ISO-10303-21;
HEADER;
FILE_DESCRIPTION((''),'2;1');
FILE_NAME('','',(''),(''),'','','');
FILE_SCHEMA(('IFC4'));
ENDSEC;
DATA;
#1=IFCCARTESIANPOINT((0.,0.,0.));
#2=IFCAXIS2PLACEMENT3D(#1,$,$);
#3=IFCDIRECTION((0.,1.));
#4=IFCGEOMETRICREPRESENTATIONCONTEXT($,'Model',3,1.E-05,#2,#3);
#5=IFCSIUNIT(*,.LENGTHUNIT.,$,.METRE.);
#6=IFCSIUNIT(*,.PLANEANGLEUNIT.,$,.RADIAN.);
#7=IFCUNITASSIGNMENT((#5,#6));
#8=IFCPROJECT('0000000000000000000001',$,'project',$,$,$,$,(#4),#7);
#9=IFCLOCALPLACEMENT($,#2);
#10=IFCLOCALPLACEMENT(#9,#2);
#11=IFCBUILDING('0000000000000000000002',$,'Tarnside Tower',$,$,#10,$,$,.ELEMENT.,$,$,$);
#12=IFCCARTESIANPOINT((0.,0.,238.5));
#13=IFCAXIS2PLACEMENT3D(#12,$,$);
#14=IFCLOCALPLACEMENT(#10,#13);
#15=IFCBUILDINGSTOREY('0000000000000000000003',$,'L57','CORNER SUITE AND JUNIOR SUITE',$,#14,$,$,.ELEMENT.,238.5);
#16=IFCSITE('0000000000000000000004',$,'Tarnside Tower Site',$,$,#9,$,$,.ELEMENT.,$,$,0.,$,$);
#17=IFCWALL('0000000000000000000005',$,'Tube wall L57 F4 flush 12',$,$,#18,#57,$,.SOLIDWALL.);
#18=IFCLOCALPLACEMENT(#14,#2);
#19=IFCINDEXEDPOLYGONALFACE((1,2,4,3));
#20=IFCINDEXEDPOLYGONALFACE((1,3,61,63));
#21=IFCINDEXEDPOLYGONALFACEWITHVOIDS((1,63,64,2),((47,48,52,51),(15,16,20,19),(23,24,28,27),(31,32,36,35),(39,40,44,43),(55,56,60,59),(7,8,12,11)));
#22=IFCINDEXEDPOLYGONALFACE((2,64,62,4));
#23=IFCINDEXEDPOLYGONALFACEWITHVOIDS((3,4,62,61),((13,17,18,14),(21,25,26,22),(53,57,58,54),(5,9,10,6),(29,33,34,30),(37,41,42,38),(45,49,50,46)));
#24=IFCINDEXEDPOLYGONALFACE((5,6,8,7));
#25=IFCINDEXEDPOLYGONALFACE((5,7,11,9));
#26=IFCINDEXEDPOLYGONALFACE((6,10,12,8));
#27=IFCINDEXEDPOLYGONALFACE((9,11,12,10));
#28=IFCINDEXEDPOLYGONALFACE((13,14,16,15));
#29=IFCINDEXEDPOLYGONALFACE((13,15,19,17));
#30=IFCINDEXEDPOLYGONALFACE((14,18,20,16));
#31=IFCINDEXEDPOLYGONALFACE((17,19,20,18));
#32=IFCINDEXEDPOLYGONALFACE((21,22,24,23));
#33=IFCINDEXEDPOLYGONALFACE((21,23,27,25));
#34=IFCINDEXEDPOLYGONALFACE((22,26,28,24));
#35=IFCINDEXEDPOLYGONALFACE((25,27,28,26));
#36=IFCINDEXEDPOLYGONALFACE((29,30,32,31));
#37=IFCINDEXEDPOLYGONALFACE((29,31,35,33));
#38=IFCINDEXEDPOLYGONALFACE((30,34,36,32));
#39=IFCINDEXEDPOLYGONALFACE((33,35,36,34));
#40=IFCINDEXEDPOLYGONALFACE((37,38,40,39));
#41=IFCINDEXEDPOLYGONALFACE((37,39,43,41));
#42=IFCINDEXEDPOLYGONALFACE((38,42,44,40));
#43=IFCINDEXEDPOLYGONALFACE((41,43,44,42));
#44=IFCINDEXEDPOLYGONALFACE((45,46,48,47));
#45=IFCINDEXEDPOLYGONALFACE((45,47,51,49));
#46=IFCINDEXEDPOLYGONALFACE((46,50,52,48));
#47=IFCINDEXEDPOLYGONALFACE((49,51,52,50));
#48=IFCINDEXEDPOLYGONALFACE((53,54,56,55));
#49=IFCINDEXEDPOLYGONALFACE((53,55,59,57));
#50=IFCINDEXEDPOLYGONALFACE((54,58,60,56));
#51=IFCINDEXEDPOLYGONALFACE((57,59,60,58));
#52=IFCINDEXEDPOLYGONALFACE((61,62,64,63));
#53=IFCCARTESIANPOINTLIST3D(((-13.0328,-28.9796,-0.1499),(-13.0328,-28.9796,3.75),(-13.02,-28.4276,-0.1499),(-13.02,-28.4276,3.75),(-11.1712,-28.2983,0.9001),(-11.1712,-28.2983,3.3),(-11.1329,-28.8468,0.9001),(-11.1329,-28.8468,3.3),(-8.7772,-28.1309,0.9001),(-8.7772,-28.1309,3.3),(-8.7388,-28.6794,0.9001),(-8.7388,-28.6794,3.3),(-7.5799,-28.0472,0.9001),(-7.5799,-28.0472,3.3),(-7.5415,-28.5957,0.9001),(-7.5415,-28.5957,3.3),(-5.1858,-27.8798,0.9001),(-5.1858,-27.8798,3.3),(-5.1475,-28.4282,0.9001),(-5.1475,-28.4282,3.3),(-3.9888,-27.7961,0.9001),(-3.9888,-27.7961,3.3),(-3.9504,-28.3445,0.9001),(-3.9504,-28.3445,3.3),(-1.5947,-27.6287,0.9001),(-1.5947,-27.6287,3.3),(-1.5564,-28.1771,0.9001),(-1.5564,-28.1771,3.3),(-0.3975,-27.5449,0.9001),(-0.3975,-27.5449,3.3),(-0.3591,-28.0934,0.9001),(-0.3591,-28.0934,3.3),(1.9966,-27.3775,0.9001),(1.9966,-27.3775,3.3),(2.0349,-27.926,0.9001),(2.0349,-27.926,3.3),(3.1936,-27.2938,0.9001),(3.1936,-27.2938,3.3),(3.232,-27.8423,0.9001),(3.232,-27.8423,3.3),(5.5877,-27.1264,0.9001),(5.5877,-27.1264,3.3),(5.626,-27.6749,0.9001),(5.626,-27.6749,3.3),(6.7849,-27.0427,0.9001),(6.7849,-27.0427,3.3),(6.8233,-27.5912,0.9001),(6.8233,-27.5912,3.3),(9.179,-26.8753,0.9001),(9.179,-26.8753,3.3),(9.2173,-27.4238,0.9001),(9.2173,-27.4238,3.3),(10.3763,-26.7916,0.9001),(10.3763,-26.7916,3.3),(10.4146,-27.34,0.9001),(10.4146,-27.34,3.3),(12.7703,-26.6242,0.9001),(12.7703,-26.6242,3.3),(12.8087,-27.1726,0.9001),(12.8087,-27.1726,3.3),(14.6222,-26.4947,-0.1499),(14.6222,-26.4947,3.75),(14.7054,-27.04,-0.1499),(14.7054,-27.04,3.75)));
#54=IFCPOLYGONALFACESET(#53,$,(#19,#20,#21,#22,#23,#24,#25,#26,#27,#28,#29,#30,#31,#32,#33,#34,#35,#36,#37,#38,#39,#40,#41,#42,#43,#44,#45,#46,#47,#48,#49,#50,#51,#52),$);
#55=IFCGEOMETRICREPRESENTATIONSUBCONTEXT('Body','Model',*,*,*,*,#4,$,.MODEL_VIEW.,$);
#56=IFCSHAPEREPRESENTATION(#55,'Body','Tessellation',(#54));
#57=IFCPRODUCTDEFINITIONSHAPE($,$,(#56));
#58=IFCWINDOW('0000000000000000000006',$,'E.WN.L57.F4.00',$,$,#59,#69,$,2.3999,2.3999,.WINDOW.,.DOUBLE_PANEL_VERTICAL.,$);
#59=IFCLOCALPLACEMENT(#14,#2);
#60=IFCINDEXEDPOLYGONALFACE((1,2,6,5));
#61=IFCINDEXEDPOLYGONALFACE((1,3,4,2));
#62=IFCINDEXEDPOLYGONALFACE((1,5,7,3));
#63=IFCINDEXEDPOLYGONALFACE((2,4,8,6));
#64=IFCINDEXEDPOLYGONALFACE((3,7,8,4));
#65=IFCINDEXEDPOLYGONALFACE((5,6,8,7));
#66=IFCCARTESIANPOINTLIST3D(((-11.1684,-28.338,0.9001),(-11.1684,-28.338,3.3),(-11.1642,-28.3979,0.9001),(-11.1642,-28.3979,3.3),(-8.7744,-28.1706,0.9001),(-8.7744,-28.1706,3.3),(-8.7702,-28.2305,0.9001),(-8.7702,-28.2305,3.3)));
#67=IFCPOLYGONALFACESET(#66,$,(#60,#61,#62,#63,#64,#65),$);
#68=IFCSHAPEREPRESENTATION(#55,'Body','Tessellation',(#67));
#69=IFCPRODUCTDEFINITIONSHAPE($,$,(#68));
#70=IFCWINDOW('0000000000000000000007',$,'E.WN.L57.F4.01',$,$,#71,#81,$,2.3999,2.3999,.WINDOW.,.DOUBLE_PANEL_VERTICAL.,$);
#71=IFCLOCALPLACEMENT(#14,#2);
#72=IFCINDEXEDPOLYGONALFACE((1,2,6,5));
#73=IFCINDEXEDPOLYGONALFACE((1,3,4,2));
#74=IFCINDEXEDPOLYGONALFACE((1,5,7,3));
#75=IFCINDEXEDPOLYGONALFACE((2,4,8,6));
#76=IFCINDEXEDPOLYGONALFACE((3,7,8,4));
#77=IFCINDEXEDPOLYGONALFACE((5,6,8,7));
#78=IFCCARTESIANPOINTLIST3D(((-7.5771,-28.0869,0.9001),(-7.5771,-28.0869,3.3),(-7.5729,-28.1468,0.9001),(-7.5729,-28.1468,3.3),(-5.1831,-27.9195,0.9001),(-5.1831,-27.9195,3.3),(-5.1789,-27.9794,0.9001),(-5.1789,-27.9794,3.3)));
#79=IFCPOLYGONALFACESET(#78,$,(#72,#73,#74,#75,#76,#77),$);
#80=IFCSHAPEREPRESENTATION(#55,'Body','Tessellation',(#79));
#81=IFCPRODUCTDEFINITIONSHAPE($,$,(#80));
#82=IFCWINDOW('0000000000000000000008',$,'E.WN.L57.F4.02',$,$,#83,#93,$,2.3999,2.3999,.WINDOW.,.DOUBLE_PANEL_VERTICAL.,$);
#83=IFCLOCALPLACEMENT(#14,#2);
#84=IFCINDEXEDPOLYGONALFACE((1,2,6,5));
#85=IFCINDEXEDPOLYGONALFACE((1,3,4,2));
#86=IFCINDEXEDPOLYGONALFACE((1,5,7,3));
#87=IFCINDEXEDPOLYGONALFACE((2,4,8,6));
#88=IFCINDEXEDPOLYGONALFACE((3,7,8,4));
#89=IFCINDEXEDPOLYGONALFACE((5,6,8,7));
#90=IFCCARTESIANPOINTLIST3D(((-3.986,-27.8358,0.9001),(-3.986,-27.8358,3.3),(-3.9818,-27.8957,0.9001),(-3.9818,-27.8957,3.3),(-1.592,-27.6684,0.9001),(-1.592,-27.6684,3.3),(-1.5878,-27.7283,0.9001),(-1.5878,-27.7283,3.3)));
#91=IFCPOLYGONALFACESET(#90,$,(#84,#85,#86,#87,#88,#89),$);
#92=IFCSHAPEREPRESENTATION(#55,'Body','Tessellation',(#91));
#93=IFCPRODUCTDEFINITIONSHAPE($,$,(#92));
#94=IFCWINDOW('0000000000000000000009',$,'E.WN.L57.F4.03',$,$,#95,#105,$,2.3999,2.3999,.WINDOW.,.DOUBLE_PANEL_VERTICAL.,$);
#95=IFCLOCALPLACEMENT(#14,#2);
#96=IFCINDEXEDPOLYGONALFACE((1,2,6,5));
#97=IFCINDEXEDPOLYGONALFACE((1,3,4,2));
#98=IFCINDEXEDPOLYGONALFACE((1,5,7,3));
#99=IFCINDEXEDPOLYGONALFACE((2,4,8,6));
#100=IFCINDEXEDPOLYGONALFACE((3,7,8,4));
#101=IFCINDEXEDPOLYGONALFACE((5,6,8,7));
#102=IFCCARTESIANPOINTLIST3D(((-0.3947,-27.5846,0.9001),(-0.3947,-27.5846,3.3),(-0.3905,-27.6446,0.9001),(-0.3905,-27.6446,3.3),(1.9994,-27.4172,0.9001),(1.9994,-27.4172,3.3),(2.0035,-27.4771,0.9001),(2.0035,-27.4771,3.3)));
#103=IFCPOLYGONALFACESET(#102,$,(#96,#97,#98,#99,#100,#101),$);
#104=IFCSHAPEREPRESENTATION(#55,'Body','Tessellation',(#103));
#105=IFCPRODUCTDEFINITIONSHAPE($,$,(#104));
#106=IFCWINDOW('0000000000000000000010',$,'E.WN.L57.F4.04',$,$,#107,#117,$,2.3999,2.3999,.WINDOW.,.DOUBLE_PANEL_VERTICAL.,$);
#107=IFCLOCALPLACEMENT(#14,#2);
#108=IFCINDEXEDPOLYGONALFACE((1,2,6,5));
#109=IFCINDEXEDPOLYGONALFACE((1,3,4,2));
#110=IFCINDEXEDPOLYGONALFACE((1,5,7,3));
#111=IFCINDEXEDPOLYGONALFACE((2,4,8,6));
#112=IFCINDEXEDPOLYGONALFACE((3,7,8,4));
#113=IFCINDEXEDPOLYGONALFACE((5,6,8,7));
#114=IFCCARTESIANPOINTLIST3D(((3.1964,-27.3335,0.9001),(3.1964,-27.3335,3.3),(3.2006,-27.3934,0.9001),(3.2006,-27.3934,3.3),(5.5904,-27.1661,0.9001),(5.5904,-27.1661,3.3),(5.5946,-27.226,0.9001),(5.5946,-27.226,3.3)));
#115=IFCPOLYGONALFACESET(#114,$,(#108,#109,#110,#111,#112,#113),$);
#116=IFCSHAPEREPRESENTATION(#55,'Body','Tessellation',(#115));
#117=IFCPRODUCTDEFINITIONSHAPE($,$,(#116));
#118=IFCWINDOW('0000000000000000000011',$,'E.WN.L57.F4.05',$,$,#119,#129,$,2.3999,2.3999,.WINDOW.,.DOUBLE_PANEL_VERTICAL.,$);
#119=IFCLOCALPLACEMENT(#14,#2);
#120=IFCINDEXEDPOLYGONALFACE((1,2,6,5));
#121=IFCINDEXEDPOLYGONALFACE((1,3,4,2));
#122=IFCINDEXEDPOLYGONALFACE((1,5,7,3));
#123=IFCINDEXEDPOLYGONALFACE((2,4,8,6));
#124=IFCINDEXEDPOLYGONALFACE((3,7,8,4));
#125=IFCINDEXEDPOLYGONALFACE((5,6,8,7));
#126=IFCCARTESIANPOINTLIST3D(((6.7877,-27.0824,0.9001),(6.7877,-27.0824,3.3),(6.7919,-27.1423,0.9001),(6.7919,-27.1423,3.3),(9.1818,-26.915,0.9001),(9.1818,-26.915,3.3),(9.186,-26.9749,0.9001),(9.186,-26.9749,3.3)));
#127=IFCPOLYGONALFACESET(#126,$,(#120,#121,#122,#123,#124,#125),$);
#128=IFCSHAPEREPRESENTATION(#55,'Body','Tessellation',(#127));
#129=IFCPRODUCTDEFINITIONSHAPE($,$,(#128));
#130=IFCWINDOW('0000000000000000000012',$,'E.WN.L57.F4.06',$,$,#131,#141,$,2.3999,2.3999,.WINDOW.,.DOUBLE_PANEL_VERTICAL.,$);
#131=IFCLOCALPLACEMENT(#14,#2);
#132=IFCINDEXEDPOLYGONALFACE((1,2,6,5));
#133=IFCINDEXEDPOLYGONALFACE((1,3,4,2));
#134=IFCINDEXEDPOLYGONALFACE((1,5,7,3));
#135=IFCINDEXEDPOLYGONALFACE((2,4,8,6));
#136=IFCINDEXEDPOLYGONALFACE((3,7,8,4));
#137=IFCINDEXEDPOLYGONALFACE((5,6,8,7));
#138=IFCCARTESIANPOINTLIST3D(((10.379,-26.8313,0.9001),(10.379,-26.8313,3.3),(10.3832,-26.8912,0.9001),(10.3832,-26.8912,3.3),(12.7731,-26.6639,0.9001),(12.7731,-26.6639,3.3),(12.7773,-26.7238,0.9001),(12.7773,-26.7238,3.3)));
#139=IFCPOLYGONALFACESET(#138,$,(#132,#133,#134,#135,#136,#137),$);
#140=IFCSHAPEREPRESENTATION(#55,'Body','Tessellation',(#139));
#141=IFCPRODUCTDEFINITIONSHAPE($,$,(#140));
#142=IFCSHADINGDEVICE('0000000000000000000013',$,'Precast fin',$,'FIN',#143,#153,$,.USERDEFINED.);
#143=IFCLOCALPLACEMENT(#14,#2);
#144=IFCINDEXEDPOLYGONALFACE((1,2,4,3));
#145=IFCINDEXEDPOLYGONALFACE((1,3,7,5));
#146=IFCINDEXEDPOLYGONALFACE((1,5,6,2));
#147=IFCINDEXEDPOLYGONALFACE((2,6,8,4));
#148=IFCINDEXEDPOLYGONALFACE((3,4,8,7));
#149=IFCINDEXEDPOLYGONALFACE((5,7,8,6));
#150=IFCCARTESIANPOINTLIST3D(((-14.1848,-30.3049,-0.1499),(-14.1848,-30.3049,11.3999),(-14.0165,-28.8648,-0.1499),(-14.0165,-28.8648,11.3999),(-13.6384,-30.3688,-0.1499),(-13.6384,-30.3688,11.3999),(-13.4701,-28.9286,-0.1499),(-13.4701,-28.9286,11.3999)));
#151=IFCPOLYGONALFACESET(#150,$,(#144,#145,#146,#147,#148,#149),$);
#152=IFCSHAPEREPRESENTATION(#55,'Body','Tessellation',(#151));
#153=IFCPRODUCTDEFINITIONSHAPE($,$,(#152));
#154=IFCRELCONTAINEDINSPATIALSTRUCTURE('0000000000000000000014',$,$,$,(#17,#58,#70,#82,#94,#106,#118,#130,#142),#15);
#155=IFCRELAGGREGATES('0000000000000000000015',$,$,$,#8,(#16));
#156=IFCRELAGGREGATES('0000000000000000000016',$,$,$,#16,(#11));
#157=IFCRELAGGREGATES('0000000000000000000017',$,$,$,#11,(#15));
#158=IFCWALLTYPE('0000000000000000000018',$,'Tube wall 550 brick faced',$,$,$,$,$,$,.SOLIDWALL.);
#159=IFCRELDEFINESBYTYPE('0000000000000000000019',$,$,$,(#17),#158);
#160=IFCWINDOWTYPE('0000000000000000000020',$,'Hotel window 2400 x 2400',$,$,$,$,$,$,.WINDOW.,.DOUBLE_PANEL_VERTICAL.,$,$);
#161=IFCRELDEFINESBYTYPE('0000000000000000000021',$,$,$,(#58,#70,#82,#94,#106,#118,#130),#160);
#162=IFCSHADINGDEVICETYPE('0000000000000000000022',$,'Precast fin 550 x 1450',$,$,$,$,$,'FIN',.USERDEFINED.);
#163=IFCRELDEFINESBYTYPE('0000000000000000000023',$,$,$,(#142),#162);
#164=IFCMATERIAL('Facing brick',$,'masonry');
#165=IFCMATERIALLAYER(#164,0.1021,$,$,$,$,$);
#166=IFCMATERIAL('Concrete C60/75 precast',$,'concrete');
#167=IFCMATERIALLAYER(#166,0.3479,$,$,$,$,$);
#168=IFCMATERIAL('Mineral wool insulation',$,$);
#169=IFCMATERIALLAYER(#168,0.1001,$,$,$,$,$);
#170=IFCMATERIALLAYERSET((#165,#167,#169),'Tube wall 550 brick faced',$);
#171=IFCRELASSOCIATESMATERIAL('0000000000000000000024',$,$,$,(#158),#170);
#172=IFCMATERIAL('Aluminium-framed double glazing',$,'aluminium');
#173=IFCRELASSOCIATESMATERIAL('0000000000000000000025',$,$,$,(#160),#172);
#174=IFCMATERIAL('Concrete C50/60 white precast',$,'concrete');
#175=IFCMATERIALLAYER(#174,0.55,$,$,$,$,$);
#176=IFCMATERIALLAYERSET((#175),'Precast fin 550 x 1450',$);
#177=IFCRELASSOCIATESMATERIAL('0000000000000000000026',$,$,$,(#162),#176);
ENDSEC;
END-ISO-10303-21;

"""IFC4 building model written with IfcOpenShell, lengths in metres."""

from ifc_helpers import new_model, si_unit, direction, frame, frame_2d, origin, place, context, subcontext, project, spatial, polyline, rectangle, outline, extrude, material, layer, layer_set, type_object, element, fill, save


model = new_model("IFC4")

# Units and contexts
model_context = context("Model", 3, precision=1e-05, world=origin(), true_north=direction((0.0, 1.0)))
body_context = subcontext(model_context, "Body", "Model", "MODEL_VIEW")
ifc_project = project(units=[si_unit("LENGTHUNIT", "METRE"), si_unit("PLANEANGLEUNIT", "RADIAN")], contexts=[model_context])

# Site, building, storey
site_placement = place(None, origin())
site = spatial("IfcSite", under=ifc_project, at=site_placement, Name="Tarnside Tower Site", CompositionType="ELEMENT", RefElevation=0.0)
building_placement = place(site_placement, origin())
building = spatial("IfcBuilding", under=site, at=building_placement, Name="Tarnside Tower", CompositionType="ELEMENT")
storey_placement = place(building_placement, frame((0.0, 0.0, 238.5)))
storey = spatial("IfcBuildingStorey", under=building, at=storey_placement, Name="L57", Description="CORNER SUITE AND JUNIOR SUITE", CompositionType="ELEMENT", Elevation=238.5)

# Shared definitions
ifc_material_1 = material(Name="Facing brick", Category="masonry")
ifc_layer_1 = layer(ifc_material_1, 0.1021)
ifc_material_2 = material(Name="Concrete C60/75 precast", Category="concrete")
ifc_layer_2 = layer(ifc_material_2, 0.3479)
ifc_material_3 = material(Name="Mineral wool insulation")
ifc_layer_3 = layer(ifc_material_3, 0.1001)
ifc_layer_set_1 = layer_set([ifc_layer_1, ifc_layer_2, ifc_layer_3], Name="Tube wall 550 brick faced")
wall_type_1 = type_object("IfcWallType", Name="Tube wall 550 brick faced", PredefinedType="SOLIDWALL", material=ifc_layer_set_1)

# Wall, openings, windows
wall_1_placement = place(storey_placement, frame((-13.0264, -28.7036, -0.1499), z_axis=(0.0, 0.0, 1.0), x_axis=(0.997564, 0.069756, 0.0)))
wall_1 = element("IfcWall", 1, at=wall_1_placement, inside=storey, type_object=wall_type_1, Name="Tube wall L57 F4 flush 12", PredefinedType="SOLIDWALL", context=body_context, shape_type="SweptSolid", body=[
    extrude(outline(polyline([(-0.0256, -0.2749), (27.7803, -0.2749), (27.7354, 0.2749), (0.0256, 0.2749), (-0.0256, -0.2749)])), origin(), (0.0, 0.0, 1.0), 3.8999),
])
opening_1_placement = place(wall_1_placement, frame((1.8789, 0.0, 1.05)))
opening_1 = element("IfcOpeningElement", 2, at=opening_1_placement, cuts=wall_1, PredefinedType="OPENING", context=body_context, shape_type="SweptSolid", body=[
    extrude(rectangle(XDim=2.3999, YDim=2.3999, at=frame_2d((1.2, 1.2))), frame((0.0, 0.2852, 0.0), z_axis=(0.0, -1.0, 0.0), x_axis=(1.0, 0.0, 0.0)), (0.0, 0.0, 1.0), 0.5701),
])
opening_2_placement = place(wall_1_placement, frame((5.479, 0.0, 1.05)))
opening_2 = element("IfcOpeningElement", 3, at=opening_2_placement, cuts=wall_1, PredefinedType="OPENING", context=body_context, shape_type="SweptSolid", body=[
    extrude(rectangle(XDim=2.3999, YDim=2.3999, at=frame_2d((1.2, 1.2))), frame((0.0, 0.2852, 0.0), z_axis=(0.0, -1.0, 0.0), x_axis=(1.0, 0.0, 0.0)), (0.0, 0.0, 1.0), 0.5701),
])
opening_3_placement = place(wall_1_placement, frame((9.0789, 0.0, 1.05)))
opening_3 = element("IfcOpeningElement", 4, at=opening_3_placement, cuts=wall_1, PredefinedType="OPENING", context=body_context, shape_type="SweptSolid", body=[
    extrude(rectangle(XDim=2.3999, YDim=2.3999, at=frame_2d((1.2, 1.2))), frame((0.0, 0.2852, 0.0), z_axis=(0.0, -1.0, 0.0), x_axis=(1.0, 0.0, 0.0)), (0.0, 0.0, 1.0), 0.5701),
])
opening_4_placement = place(wall_1_placement, frame((12.679, 0.0, 1.05)))
opening_4 = element("IfcOpeningElement", 5, at=opening_4_placement, cuts=wall_1, PredefinedType="OPENING", context=body_context, shape_type="SweptSolid", body=[
    extrude(rectangle(XDim=2.3999, YDim=2.3999, at=frame_2d((1.2, 1.2))), frame((0.0, 0.2852, 0.0), z_axis=(0.0, -1.0, 0.0), x_axis=(1.0, 0.0, 0.0)), (0.0, 0.0, 1.0), 0.5701),
])
opening_5_placement = place(wall_1_placement, frame((16.2788, 0.0, 1.05)))
opening_5 = element("IfcOpeningElement", 6, at=opening_5_placement, cuts=wall_1, PredefinedType="OPENING", context=body_context, shape_type="SweptSolid", body=[
    extrude(rectangle(XDim=2.3999, YDim=2.3999, at=frame_2d((1.2, 1.2))), frame((0.0, 0.2852, 0.0), z_axis=(0.0, -1.0, 0.0), x_axis=(1.0, 0.0, 0.0)), (0.0, 0.0, 1.0), 0.5701),
])
opening_6_placement = place(wall_1_placement, frame((19.8789, 0.0, 1.05)))
opening_6 = element("IfcOpeningElement", 7, at=opening_6_placement, cuts=wall_1, PredefinedType="OPENING", context=body_context, shape_type="SweptSolid", body=[
    extrude(rectangle(XDim=2.3999, YDim=2.3999, at=frame_2d((1.2, 1.2))), frame((0.0, 0.2852, 0.0), z_axis=(0.0, -1.0, 0.0), x_axis=(1.0, 0.0, 0.0)), (0.0, 0.0, 1.0), 0.5701),
])
opening_7_placement = place(wall_1_placement, frame((23.479, 0.0, 1.05)))
opening_7 = element("IfcOpeningElement", 8, at=opening_7_placement, cuts=wall_1, PredefinedType="OPENING", context=body_context, shape_type="SweptSolid", body=[
    extrude(rectangle(XDim=2.3999, YDim=2.3999, at=frame_2d((1.2, 1.2))), frame((0.0, 0.2852, 0.0), z_axis=(0.0, -1.0, 0.0), x_axis=(1.0, 0.0, 0.0)), (0.0, 0.0, 1.0), 0.5701),
])
ifc_material_4 = material(Name="Aluminium-framed double glazing", Category="aluminium")
window_type = type_object("IfcWindowType", Name="Hotel window 2400 x 2400", PartitioningType="DOUBLE_PANEL_VERTICAL", PredefinedType="WINDOW", material=ifc_material_4)
window_1_placement = place(opening_1_placement, frame((0.0, 0.2051, 0.0)))
window_1 = element("IfcWindow", 9, at=window_1_placement, inside=storey, type_object=window_type, Name="E.WN.L57.F4.00", OverallHeight=2.3999, OverallWidth=2.3999, PartitioningType="DOUBLE_PANEL_VERTICAL", PredefinedType="WINDOW", context=body_context, shape_type="SweptSolid", body=[
    extrude(rectangle(XDim=2.3999, YDim=2.3999, at=frame_2d((1.2, 1.2))), frame((0.0, 0.03, 0.0), z_axis=(0.0, -1.0, 0.0), x_axis=(1.0, 0.0, 0.0)), (0.0, 0.0, 1.0), 0.0601),
])
fill(opening_1, window_1)
window_2_placement = place(opening_2_placement, frame((0.0, 0.2051, 0.0)))
window_2 = element("IfcWindow", 10, at=window_2_placement, inside=storey, type_object=window_type, Name="E.WN.L57.F4.01", OverallHeight=2.3999, OverallWidth=2.3999, PartitioningType="DOUBLE_PANEL_VERTICAL", PredefinedType="WINDOW", context=body_context, shape_type="SweptSolid", body=[
    extrude(rectangle(XDim=2.3999, YDim=2.3999, at=frame_2d((1.2, 1.2))), frame((0.0, 0.03, 0.0), z_axis=(0.0, -1.0, 0.0), x_axis=(1.0, 0.0, 0.0)), (0.0, 0.0, 1.0), 0.0601),
])
fill(opening_2, window_2)
window_3_placement = place(opening_3_placement, frame((0.0, 0.2051, 0.0)))
window_3 = element("IfcWindow", 11, at=window_3_placement, inside=storey, type_object=window_type, Name="E.WN.L57.F4.02", OverallHeight=2.3999, OverallWidth=2.3999, PartitioningType="DOUBLE_PANEL_VERTICAL", PredefinedType="WINDOW", context=body_context, shape_type="SweptSolid", body=[
    extrude(rectangle(XDim=2.3999, YDim=2.3999, at=frame_2d((1.2, 1.2))), frame((0.0, 0.03, 0.0), z_axis=(0.0, -1.0, 0.0), x_axis=(1.0, 0.0, 0.0)), (0.0, 0.0, 1.0), 0.0601),
])
fill(opening_3, window_3)
window_4_placement = place(opening_4_placement, frame((0.0, 0.2051, 0.0)))
window_4 = element("IfcWindow", 12, at=window_4_placement, inside=storey, type_object=window_type, Name="E.WN.L57.F4.03", OverallHeight=2.3999, OverallWidth=2.3999, PartitioningType="DOUBLE_PANEL_VERTICAL", PredefinedType="WINDOW", context=body_context, shape_type="SweptSolid", body=[
    extrude(rectangle(XDim=2.3999, YDim=2.3999, at=frame_2d((1.2, 1.2))), frame((0.0, 0.03, 0.0), z_axis=(0.0, -1.0, 0.0), x_axis=(1.0, 0.0, 0.0)), (0.0, 0.0, 1.0), 0.0601),
])
fill(opening_4, window_4)
window_5_placement = place(opening_5_placement, frame((0.0, 0.2051, 0.0)))
window_5 = element("IfcWindow", 13, at=window_5_placement, inside=storey, type_object=window_type, Name="E.WN.L57.F4.04", OverallHeight=2.3999, OverallWidth=2.3999, PartitioningType="DOUBLE_PANEL_VERTICAL", PredefinedType="WINDOW", context=body_context, shape_type="SweptSolid", body=[
    extrude(rectangle(XDim=2.3999, YDim=2.3999, at=frame_2d((1.2, 1.2))), frame((0.0, 0.03, 0.0), z_axis=(0.0, -1.0, 0.0), x_axis=(1.0, 0.0, 0.0)), (0.0, 0.0, 1.0), 0.0601),
])
fill(opening_5, window_5)
window_6_placement = place(opening_6_placement, frame((0.0, 0.2051, 0.0)))
window_6 = element("IfcWindow", 14, at=window_6_placement, inside=storey, type_object=window_type, Name="E.WN.L57.F4.05", OverallHeight=2.3999, OverallWidth=2.3999, PartitioningType="DOUBLE_PANEL_VERTICAL", PredefinedType="WINDOW", context=body_context, shape_type="SweptSolid", body=[
    extrude(rectangle(XDim=2.3999, YDim=2.3999, at=frame_2d((1.2, 1.2))), frame((0.0, 0.03, 0.0), z_axis=(0.0, -1.0, 0.0), x_axis=(1.0, 0.0, 0.0)), (0.0, 0.0, 1.0), 0.0601),
])
fill(opening_6, window_6)
window_7_placement = place(opening_7_placement, frame((0.0, 0.2051, 0.0)))
window_7 = element("IfcWindow", 15, at=window_7_placement, inside=storey, type_object=window_type, Name="E.WN.L57.F4.06", OverallHeight=2.3999, OverallWidth=2.3999, PartitioningType="DOUBLE_PANEL_VERTICAL", PredefinedType="WINDOW", context=body_context, shape_type="SweptSolid", body=[
    extrude(rectangle(XDim=2.3999, YDim=2.3999, at=frame_2d((1.2, 1.2))), frame((0.0, 0.03, 0.0), z_axis=(0.0, -1.0, 0.0), x_axis=(1.0, 0.0, 0.0)), (0.0, 0.0, 1.0), 0.0601),
])
fill(opening_7, window_7)

# Shading device
ifc_material_5 = material(Name="Concrete C50/60 white precast", Category="concrete")
ifc_layer_4 = layer(ifc_material_5, 0.55)
ifc_layer_set_2 = layer_set([ifc_layer_4], Name="Precast fin 550 x 1450")
shading_device_type_1 = type_object("IfcShadingDeviceType", Name="Precast fin 550 x 1450", ElementType="FIN", PredefinedType="USERDEFINED", material=ifc_layer_set_2)
shading_device_placement = place(storey_placement, frame((-13.7432, -28.8967, -0.1499), z_axis=(-0.993238, 0.116093, 0.0), x_axis=(-0.116093, -0.993238, 0.0)))
element("IfcShadingDevice", 16, at=shading_device_placement, inside=storey, type_object=shading_device_type_1, Name="Precast fin", ObjectType="FIN", PredefinedType="USERDEFINED", context=body_context, shape_type="SweptSolid", body=[
    extrude(outline(polyline([(0.0, 0.0), (1.45, 0.0), (1.45, 11.5498), (0.0, 11.5498), (0.0, 0.0)])), frame((0.0, 0.0, -0.2749)), (0.0, 0.0, 1.0), 0.55),
])

save(model, "model.ifc")
